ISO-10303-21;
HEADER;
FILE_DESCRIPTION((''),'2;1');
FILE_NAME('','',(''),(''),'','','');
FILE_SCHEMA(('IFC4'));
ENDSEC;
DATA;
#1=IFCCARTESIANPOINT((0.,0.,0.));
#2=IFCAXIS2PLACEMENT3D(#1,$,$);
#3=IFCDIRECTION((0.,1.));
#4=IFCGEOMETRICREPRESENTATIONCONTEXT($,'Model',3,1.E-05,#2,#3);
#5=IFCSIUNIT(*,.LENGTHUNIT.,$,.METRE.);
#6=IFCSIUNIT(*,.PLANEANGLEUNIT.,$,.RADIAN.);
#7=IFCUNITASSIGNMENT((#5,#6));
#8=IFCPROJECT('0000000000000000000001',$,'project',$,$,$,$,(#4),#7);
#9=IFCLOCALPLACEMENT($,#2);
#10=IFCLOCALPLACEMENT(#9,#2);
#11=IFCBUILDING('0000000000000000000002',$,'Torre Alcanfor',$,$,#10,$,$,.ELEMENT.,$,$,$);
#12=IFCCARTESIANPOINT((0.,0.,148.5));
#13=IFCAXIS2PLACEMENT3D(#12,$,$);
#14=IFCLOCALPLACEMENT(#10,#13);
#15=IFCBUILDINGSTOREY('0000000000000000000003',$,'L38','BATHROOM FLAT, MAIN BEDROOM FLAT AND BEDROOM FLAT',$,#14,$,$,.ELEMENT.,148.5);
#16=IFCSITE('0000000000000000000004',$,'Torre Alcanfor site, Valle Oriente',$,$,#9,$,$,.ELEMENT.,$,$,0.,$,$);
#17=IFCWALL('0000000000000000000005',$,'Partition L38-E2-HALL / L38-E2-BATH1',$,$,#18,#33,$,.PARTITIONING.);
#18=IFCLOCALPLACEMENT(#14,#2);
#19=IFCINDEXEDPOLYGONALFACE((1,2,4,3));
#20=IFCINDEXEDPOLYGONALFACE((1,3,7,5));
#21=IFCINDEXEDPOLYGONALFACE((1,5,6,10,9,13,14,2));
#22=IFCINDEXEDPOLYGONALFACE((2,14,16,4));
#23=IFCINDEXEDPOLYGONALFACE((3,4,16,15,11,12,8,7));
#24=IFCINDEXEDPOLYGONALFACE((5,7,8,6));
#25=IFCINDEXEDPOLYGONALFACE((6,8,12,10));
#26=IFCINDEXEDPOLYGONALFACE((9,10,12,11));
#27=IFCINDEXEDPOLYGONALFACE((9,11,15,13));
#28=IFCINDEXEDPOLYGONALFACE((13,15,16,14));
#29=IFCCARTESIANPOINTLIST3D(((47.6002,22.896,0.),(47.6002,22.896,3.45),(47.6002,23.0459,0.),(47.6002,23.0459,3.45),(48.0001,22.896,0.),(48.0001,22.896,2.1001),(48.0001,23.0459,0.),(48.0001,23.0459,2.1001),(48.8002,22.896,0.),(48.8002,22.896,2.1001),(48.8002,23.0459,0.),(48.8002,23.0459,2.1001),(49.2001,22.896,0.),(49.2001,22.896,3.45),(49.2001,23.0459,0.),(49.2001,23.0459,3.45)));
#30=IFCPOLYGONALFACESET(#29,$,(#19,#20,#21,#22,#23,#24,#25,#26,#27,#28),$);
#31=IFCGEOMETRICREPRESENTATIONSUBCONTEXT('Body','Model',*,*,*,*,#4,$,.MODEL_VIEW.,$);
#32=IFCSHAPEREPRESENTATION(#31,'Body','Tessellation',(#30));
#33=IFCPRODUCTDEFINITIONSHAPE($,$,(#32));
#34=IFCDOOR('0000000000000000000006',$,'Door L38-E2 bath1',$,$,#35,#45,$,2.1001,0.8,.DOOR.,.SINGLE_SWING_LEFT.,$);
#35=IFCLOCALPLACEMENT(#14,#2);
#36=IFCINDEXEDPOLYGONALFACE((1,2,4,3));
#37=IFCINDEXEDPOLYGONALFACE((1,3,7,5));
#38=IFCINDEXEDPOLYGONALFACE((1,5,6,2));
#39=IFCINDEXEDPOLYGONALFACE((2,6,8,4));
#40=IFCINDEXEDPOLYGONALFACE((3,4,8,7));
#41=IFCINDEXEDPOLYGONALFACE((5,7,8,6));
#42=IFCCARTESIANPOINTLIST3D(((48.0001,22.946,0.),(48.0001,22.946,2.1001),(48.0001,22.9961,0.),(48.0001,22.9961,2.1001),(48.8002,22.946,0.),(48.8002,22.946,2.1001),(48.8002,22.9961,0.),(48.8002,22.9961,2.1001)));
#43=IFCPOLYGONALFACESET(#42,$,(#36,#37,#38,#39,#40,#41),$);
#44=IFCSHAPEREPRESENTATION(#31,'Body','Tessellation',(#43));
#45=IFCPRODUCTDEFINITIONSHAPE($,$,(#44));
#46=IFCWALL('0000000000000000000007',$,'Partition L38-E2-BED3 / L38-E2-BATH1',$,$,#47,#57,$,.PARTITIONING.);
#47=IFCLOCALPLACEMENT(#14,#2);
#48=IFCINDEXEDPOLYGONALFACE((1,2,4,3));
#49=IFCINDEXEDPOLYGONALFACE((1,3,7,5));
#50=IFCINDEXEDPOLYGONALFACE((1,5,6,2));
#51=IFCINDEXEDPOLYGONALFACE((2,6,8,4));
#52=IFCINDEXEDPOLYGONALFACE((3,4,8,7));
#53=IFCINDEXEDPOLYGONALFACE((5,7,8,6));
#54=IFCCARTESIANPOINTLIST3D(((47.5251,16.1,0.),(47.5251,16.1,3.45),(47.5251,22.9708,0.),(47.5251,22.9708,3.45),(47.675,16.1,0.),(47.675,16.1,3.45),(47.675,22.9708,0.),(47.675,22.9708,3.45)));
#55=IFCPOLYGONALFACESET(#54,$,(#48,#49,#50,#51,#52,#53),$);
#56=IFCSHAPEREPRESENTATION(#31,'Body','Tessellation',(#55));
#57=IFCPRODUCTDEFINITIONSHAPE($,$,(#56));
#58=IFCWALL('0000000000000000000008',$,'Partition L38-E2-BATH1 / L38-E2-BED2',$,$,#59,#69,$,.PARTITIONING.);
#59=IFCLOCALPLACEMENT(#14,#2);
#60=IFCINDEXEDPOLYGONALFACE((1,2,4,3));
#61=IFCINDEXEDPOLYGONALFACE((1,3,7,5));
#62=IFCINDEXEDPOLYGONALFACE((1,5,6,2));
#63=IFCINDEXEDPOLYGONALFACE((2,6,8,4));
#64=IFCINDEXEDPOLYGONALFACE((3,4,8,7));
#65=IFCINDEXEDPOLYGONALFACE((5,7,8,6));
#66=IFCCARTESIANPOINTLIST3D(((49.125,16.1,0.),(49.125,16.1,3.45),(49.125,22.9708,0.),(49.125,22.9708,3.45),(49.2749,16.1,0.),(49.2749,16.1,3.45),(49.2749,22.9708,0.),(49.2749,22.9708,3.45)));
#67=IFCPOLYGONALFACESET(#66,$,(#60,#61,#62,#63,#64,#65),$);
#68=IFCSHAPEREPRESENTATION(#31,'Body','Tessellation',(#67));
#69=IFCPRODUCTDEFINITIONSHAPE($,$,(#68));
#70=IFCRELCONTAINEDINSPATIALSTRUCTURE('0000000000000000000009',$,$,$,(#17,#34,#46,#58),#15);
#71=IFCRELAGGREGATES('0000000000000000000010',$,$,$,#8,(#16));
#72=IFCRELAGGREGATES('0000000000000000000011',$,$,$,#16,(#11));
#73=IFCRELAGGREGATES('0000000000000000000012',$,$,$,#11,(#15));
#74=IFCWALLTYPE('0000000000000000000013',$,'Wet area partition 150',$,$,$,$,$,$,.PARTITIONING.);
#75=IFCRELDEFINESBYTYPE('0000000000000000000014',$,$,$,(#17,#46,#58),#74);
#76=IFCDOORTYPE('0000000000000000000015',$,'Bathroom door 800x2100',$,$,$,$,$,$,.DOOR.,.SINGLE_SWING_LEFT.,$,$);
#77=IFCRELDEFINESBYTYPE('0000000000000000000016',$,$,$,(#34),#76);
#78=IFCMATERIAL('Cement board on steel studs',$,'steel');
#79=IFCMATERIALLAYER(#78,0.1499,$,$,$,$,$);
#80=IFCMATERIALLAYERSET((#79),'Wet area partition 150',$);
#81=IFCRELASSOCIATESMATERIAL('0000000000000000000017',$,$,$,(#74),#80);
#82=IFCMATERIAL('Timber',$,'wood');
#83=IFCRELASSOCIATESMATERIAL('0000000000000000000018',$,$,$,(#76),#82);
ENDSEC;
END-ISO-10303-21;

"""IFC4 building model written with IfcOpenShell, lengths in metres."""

from ifc_helpers import new_model, si_unit, direction, frame, frame_2d, origin, place, context, subcontext, project, spatial, rectangle, extrude, material, layer, layer_set, type_object, element, fill, save


model = new_model("IFC4")

# Units and contexts
model_context = context("Model", 3, precision=1e-05, world=origin(), true_north=direction((0.0, 1.0)))
body_context = subcontext(model_context, "Body", "Model", "MODEL_VIEW")
ifc_project = project(units=[si_unit("LENGTHUNIT", "METRE"), si_unit("PLANEANGLEUNIT", "RADIAN")], contexts=[model_context])

# Site, building, storey
site_placement = place(None, origin())
site = spatial("IfcSite", under=ifc_project, at=site_placement, Name="Torre Alcanfor site, Valle Oriente", CompositionType="ELEMENT", RefElevation=0.0)
building_placement = place(site_placement, origin())
building = spatial("IfcBuilding", under=site, at=building_placement, Name="Torre Alcanfor", CompositionType="ELEMENT")
storey_placement = place(building_placement, frame((0.0, 0.0, 148.5)))
storey = spatial("IfcBuildingStorey", under=building, at=storey_placement, Name="L38", Description="BATHROOM FLAT, MAIN BEDROOM FLAT AND BEDROOM FLAT", CompositionType="ELEMENT", Elevation=148.5)

# Wall, opening, door
ifc_material_1 = material(Name="Cement board on steel studs", Category="steel")
ifc_layer_1 = layer(ifc_material_1, 0.1499)
ifc_layer_set_1 = layer_set([ifc_layer_1], Name="Wet area partition 150")
wall_type_1 = type_object("IfcWallType", Name="Wet area partition 150", PredefinedType="PARTITIONING", material=ifc_layer_set_1)
wall_1_placement = place(storey_placement, frame((49.2, 22.9709, 0.0), z_axis=(0.0, 0.0, 1.0), x_axis=(-1.0, 0.0, 0.0)))
wall_1 = element("IfcWall", 1, at=wall_1_placement, inside=storey, type_object=wall_type_1, Name="Partition L38-E2-HALL / L38-E2-BATH1", PredefinedType="PARTITIONING", context=body_context, shape_type="SweptSolid", body=[
    extrude(rectangle(XDim=1.5999, YDim=0.1499, at=frame_2d((0.7998, 0.0))), origin(), (0.0, 0.0, 1.0), 3.45),
])
opening_1_placement = place(wall_1_placement, frame((0.3999, 0.0, 0.0)))
opening_1 = element("IfcOpeningElement", 2, at=opening_1_placement, cuts=wall_1, PredefinedType="OPENING", context=body_context, shape_type="SweptSolid", body=[
    extrude(rectangle(XDim=0.8, YDim=2.1001, at=frame_2d((0.3999, 1.05))), frame((0.0, 0.085, 0.0), z_axis=(0.0, -1.0, 0.0), x_axis=(1.0, 0.0, 0.0)), (0.0, 0.0, 1.0), 0.1699),
])
ifc_material_2 = material(Name="Timber", Category="wood")
door_type_1 = type_object("IfcDoorType", Name="Bathroom door 800x2100", OperationType="SINGLE_SWING_LEFT", PredefinedType="DOOR", material=ifc_material_2)
door_1_placement = place(opening_1_placement, origin())
door_1 = element("IfcDoor", 3, at=door_1_placement, inside=storey, type_object=door_type_1, Name="Door L38-E2 bath1", OperationType="SINGLE_SWING_LEFT", OverallHeight=2.1001, OverallWidth=0.8, PredefinedType="DOOR", context=body_context, shape_type="SweptSolid", body=[
    extrude(rectangle(XDim=0.8, YDim=2.1001, at=frame_2d((0.3999, 1.05))), frame((0.0, 0.0249, 0.0), z_axis=(0.0, -1.0, 0.0), x_axis=(1.0, 0.0, 0.0)), (0.0, 0.0, 1.0), 0.05),
])
fill(opening_1, door_1)

# Walls
for number, where, z_axis, x_axis, name in (
    (4, (47.6001, 22.9709, 0.0), (0.0, 0.0, 1.0), (0.0, -1.0, 0.0), "Partition L38-E2-BED3 / L38-E2-BATH1"),
    (5, (49.2, 22.9709, 0.0), (0.0, 0.0, 1.0), (0.0, -1.0, 0.0), "Partition L38-E2-BATH1 / L38-E2-BED2"),
):
    element("IfcWall", number, at=place(storey_placement, frame(where, z_axis=z_axis, x_axis=x_axis)), inside=storey, type_object=wall_type_1, Name=name, PredefinedType="PARTITIONING", context=body_context, shape_type="SweptSolid", body=[
        extrude(rectangle(XDim=6.8708, YDim=0.1499, at=frame_2d((3.4355, 0.0))), origin(), (0.0, 0.0, 1.0), 3.45),
    ])

save(model, "model.ifc")
